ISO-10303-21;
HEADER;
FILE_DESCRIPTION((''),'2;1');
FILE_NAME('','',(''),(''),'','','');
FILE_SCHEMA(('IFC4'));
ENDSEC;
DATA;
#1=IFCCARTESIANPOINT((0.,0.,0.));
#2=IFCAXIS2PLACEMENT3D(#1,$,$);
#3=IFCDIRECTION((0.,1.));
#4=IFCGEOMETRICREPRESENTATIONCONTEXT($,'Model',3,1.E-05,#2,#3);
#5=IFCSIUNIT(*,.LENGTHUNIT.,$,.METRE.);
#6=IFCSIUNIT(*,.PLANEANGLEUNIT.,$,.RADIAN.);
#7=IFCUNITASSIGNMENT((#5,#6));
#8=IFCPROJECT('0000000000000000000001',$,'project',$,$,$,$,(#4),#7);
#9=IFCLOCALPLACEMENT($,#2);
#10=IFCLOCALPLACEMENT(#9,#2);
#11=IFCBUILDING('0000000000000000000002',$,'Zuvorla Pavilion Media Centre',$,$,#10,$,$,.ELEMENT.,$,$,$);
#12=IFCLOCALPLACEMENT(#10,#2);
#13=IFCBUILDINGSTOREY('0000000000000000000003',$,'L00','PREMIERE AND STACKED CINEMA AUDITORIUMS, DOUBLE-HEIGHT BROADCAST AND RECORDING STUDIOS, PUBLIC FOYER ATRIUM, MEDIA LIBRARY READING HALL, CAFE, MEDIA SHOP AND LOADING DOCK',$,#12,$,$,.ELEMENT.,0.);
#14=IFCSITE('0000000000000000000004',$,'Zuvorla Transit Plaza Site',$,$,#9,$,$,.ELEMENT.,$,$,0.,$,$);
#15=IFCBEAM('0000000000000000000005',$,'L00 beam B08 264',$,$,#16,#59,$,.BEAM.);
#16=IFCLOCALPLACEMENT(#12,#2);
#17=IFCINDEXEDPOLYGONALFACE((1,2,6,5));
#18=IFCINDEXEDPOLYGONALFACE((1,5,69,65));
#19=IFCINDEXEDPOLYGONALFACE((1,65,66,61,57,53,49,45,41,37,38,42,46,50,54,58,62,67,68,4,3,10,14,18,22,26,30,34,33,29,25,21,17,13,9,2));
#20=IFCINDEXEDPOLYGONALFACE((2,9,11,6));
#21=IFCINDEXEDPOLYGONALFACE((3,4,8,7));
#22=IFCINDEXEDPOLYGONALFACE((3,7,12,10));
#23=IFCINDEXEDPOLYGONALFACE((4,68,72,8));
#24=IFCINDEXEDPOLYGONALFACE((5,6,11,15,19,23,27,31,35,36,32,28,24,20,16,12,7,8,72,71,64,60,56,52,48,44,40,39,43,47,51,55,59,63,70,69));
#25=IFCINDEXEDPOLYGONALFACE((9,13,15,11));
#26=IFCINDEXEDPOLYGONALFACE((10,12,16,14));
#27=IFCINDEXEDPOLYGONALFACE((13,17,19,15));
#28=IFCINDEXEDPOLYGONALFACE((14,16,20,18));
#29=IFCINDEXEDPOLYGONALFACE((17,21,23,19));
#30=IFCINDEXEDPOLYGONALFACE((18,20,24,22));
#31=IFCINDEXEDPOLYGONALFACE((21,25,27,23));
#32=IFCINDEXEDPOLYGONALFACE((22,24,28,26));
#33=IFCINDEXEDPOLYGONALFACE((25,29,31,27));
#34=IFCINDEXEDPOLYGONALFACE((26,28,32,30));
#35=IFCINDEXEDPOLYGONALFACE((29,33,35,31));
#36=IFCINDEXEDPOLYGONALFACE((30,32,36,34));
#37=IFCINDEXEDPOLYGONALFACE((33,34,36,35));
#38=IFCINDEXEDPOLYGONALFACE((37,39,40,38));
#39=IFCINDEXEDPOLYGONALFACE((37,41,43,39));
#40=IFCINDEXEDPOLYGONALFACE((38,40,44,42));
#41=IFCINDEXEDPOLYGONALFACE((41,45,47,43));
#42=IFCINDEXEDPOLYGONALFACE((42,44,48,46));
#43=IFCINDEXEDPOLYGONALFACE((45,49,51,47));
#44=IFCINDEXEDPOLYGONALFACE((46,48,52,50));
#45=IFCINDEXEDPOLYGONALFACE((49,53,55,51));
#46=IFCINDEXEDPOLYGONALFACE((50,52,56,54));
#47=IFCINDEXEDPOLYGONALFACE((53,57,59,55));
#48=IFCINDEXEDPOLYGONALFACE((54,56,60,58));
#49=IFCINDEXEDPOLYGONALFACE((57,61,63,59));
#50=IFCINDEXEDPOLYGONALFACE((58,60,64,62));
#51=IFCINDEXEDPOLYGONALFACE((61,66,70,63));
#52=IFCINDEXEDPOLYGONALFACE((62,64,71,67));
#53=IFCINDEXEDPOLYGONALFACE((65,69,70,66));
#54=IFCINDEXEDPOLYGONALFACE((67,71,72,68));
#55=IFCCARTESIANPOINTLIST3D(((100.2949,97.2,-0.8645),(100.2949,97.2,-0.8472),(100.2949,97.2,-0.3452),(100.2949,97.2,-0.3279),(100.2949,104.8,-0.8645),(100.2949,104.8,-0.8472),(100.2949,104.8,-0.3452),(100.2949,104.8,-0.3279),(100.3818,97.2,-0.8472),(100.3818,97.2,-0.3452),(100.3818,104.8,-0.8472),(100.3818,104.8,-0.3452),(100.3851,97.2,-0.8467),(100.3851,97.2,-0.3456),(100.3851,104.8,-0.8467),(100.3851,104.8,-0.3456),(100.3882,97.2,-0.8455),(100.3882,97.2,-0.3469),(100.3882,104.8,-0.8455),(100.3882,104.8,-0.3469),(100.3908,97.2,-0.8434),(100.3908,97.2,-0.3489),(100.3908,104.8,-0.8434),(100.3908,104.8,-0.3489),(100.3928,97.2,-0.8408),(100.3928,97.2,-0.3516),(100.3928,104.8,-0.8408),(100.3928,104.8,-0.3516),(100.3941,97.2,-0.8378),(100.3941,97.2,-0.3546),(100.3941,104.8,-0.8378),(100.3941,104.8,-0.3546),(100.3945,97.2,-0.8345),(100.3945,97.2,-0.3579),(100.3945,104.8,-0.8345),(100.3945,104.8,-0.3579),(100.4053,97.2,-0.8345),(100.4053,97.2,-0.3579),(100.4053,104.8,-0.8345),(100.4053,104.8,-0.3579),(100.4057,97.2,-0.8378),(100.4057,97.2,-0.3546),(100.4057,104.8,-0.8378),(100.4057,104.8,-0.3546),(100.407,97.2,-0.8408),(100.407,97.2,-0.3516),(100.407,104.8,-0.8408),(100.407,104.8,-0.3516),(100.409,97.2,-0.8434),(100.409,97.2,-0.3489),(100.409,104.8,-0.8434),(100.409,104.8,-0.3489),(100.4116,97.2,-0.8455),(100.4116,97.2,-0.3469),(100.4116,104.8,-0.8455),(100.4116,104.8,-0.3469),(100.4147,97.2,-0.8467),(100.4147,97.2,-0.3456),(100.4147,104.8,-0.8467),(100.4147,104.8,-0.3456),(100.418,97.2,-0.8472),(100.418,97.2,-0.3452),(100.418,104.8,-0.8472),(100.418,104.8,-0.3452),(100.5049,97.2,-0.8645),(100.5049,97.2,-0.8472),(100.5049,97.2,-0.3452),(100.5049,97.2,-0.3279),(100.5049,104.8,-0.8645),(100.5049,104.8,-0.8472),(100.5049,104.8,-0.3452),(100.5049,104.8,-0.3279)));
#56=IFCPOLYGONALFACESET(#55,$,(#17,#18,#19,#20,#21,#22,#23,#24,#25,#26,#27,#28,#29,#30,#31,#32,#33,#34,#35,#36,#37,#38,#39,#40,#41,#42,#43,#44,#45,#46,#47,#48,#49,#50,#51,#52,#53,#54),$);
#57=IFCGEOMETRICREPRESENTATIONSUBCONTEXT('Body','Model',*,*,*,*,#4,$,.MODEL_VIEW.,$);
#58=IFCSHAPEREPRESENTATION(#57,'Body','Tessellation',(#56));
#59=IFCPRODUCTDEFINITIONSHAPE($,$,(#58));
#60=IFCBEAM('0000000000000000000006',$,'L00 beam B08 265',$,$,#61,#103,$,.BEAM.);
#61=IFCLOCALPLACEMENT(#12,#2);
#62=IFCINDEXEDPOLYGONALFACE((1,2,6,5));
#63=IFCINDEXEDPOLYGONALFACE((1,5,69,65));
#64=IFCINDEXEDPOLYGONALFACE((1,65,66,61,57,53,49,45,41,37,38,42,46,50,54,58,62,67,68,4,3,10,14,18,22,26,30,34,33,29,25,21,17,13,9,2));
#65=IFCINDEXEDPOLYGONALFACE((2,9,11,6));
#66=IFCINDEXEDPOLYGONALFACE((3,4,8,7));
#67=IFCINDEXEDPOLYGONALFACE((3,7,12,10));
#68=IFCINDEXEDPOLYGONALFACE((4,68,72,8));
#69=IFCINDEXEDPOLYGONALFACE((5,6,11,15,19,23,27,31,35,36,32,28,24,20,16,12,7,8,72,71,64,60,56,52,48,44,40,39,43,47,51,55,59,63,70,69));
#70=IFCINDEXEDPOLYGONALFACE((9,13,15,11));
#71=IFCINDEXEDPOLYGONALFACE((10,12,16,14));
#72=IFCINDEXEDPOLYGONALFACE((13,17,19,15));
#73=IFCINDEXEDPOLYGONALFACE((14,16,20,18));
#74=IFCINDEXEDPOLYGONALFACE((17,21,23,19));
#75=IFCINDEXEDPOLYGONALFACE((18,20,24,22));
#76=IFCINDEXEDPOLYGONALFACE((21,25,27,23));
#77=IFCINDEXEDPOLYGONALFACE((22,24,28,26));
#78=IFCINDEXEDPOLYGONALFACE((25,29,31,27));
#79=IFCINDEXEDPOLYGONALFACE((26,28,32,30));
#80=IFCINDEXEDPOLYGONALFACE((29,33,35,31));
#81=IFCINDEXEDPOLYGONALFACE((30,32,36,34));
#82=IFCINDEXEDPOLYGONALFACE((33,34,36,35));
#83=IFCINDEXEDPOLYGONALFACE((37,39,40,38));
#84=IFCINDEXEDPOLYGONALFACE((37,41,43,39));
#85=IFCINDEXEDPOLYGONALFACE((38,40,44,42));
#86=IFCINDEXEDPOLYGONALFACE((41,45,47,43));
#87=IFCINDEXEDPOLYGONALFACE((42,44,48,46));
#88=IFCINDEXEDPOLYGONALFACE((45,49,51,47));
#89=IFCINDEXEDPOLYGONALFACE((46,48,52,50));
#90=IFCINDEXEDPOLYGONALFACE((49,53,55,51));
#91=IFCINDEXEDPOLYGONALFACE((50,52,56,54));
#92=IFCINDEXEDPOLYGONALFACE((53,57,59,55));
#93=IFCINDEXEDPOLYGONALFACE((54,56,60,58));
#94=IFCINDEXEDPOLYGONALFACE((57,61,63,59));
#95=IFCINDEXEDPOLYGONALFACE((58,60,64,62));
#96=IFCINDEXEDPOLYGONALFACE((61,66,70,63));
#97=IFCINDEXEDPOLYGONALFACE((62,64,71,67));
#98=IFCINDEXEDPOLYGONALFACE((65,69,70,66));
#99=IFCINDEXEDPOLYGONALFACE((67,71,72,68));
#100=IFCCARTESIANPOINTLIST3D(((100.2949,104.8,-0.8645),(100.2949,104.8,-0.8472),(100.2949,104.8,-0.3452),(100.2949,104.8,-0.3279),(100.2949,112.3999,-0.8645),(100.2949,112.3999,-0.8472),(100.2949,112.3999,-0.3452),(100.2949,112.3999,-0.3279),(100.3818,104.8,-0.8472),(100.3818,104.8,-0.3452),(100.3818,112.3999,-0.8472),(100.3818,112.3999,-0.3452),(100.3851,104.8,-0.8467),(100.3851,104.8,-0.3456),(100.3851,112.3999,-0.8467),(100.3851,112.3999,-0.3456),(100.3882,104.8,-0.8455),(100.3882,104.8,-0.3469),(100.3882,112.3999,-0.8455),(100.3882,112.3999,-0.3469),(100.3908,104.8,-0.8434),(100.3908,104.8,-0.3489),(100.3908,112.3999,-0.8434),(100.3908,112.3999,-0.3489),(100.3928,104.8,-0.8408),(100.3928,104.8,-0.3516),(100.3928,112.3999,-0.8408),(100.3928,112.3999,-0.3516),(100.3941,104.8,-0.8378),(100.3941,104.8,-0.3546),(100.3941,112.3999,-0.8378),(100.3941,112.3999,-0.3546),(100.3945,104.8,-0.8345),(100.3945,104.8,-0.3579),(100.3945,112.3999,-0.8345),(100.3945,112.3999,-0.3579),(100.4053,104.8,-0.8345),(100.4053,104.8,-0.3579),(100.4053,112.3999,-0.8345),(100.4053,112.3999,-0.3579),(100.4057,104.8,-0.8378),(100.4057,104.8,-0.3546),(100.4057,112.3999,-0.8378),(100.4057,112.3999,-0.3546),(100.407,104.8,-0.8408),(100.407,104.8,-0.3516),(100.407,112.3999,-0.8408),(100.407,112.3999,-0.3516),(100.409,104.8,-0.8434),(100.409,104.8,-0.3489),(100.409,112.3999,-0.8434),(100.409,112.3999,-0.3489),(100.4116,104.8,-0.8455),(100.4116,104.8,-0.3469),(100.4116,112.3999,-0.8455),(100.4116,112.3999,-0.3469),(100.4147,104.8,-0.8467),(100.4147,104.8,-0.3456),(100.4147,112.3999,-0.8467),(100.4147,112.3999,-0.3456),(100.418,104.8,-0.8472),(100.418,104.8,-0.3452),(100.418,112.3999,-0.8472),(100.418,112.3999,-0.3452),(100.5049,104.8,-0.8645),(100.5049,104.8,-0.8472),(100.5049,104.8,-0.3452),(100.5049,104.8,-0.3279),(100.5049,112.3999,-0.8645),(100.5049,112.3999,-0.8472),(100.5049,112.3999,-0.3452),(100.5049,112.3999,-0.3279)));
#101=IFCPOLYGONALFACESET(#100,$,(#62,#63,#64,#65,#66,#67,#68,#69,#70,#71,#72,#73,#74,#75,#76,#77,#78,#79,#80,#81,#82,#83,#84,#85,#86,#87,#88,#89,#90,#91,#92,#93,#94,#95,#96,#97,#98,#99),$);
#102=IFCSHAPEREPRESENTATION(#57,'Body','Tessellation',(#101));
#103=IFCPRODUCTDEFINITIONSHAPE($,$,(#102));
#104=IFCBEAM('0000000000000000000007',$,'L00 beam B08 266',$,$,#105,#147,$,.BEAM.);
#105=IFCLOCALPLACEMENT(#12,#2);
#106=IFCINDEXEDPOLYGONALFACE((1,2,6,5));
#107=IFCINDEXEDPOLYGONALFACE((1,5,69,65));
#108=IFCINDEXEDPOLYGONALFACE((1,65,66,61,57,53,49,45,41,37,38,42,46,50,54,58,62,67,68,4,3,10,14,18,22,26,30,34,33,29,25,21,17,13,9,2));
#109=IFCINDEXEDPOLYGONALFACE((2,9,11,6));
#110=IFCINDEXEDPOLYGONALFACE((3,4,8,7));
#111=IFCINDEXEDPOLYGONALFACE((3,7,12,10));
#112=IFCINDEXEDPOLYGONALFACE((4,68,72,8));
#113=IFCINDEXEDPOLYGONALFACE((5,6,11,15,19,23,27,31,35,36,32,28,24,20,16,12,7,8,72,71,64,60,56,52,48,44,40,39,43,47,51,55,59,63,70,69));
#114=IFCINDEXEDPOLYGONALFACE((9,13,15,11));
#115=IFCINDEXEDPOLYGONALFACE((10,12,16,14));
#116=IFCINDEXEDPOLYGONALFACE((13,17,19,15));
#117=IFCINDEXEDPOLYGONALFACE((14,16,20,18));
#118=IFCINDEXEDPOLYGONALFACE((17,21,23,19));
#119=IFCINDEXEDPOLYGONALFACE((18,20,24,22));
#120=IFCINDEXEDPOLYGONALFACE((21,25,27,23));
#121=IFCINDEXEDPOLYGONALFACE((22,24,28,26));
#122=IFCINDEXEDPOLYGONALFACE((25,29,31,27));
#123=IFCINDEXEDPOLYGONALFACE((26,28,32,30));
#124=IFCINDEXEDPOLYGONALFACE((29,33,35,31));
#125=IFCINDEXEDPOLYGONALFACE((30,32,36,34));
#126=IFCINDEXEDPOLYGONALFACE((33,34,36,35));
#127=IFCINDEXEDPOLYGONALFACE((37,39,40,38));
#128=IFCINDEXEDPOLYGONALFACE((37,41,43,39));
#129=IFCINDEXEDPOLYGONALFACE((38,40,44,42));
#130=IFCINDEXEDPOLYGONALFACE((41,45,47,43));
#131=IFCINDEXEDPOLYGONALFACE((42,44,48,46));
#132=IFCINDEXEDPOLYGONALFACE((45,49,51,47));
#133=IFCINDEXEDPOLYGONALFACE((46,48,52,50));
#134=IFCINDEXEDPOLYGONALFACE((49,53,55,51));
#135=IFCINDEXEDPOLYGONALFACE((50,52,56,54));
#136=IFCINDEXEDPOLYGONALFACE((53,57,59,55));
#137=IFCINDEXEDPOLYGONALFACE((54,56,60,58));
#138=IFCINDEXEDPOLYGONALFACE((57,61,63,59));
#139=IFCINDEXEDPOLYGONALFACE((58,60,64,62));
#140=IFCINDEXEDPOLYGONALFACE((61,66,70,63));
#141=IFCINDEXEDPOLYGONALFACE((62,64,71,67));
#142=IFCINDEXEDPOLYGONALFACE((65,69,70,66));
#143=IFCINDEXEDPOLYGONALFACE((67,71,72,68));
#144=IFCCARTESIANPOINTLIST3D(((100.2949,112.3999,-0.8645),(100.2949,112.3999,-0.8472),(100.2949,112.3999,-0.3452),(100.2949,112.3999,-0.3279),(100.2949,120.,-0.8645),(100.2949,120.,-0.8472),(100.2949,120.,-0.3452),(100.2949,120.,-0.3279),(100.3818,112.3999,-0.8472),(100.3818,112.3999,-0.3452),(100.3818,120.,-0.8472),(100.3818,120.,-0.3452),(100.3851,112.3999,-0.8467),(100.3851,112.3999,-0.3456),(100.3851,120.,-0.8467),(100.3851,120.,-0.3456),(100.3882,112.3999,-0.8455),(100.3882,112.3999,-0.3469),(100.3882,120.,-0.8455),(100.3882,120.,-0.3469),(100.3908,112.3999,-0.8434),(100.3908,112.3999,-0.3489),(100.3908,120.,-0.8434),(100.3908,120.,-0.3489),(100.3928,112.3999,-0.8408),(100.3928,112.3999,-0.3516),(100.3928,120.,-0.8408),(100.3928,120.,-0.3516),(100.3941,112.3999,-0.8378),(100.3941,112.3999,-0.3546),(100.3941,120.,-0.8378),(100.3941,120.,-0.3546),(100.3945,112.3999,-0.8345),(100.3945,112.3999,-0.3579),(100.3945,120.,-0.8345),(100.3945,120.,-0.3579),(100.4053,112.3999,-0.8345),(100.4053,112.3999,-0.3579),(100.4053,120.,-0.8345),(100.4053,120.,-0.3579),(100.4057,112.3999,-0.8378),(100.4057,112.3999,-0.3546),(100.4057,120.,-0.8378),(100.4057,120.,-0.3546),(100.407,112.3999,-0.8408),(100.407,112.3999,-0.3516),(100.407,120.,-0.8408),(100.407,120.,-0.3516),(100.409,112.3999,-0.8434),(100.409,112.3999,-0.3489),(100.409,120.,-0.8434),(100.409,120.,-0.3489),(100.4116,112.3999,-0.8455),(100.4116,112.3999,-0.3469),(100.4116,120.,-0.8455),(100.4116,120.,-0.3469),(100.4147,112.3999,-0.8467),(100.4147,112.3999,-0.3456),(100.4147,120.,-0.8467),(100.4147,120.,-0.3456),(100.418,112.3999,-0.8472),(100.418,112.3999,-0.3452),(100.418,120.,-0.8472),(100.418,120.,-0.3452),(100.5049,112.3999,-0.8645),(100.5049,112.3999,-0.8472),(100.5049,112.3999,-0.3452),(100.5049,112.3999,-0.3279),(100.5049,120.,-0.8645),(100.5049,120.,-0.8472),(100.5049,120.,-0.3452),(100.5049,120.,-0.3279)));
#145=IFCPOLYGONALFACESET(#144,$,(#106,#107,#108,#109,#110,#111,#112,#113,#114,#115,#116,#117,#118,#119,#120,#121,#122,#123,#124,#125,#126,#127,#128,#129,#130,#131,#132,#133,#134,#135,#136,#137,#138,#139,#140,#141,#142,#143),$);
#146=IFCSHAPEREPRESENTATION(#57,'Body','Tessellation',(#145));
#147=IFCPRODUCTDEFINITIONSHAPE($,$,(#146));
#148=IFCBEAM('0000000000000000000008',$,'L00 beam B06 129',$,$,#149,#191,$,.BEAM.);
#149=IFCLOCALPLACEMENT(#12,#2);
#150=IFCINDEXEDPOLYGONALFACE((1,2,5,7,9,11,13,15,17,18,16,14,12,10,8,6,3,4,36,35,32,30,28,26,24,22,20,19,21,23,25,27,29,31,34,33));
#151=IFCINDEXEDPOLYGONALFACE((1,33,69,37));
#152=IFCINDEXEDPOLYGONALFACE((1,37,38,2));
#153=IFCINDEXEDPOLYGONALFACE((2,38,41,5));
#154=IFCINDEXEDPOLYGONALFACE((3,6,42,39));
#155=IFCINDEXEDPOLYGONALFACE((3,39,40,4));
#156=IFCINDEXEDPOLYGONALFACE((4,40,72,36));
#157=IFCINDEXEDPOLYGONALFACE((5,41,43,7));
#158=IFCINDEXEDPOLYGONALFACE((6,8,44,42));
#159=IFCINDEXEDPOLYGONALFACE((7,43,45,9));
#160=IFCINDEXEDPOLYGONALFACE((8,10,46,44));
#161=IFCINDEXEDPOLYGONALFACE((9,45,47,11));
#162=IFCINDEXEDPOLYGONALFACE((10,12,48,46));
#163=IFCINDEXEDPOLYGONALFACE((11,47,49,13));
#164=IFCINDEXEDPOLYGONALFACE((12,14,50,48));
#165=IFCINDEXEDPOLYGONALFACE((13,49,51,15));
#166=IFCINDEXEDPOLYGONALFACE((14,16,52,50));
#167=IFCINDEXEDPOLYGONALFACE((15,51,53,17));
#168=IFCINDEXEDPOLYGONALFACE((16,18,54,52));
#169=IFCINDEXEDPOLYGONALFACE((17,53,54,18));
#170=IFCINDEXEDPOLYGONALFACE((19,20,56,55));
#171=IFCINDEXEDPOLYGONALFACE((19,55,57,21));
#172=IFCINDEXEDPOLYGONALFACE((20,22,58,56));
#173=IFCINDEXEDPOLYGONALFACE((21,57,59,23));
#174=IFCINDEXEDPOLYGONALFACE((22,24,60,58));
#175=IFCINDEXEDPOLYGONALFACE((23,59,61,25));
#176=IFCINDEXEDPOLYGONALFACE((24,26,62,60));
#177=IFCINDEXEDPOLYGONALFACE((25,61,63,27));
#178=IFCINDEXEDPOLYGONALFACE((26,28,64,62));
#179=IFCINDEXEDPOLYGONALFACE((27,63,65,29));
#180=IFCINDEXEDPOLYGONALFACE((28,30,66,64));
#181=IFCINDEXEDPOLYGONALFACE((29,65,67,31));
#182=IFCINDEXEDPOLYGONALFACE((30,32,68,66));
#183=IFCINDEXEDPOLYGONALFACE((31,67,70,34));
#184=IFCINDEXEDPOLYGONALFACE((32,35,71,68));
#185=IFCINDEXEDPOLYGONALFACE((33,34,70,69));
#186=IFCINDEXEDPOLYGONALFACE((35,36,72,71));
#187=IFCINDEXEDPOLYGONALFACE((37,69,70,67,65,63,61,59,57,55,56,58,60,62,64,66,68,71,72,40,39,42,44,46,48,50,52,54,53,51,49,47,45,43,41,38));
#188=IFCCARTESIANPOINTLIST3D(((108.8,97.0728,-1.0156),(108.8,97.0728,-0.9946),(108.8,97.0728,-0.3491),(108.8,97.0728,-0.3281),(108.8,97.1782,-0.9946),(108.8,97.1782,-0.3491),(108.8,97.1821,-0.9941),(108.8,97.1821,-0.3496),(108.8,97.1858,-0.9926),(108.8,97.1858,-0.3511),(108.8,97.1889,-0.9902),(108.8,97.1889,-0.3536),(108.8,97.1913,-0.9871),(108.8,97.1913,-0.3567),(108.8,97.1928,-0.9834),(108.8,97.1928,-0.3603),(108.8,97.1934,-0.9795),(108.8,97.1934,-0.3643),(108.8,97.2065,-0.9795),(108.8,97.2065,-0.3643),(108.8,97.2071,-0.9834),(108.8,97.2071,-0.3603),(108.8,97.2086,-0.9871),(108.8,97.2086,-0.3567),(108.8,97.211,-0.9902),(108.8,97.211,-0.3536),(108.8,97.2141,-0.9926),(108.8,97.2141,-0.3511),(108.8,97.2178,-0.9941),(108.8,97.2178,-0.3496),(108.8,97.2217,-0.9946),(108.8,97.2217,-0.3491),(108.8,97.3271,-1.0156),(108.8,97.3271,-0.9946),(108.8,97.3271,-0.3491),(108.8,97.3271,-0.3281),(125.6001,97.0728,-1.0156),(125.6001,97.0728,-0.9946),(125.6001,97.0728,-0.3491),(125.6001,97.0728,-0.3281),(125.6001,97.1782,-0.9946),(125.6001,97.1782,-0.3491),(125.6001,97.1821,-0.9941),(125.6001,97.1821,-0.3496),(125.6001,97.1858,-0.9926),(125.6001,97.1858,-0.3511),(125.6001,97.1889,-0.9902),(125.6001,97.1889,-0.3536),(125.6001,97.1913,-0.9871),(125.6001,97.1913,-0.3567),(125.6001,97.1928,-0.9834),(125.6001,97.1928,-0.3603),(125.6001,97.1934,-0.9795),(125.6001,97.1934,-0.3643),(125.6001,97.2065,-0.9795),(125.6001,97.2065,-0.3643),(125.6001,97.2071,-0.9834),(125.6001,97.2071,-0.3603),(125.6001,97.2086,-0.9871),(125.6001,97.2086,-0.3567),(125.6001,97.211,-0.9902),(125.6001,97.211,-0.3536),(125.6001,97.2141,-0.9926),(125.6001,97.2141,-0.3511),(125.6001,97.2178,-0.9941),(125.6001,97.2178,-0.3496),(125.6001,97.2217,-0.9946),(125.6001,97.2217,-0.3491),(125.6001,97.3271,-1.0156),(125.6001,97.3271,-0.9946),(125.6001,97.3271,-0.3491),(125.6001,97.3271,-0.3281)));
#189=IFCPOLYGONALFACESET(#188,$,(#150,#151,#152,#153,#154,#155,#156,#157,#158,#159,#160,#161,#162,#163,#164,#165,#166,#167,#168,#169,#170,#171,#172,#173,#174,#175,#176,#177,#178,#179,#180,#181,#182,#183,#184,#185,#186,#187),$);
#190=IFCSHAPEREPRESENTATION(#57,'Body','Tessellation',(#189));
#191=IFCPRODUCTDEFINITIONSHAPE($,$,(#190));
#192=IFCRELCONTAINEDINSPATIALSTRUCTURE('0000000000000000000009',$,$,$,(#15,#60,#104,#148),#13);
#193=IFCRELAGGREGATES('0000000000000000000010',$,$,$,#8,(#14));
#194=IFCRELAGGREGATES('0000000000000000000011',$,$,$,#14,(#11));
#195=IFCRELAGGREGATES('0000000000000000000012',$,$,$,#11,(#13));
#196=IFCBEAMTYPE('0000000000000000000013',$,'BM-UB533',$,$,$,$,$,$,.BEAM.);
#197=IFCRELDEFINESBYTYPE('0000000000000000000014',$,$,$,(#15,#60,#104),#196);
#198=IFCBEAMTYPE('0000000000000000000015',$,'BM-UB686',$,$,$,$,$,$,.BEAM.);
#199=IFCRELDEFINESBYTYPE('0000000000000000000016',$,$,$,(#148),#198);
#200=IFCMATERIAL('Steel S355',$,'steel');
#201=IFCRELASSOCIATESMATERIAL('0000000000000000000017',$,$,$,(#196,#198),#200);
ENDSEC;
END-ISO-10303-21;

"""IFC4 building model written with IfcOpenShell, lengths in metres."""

from ifc_helpers import new_model, si_unit, direction, frame, origin, origin_2d, place, context, subcontext, project, spatial, i_section, extrude, material, material_profile, profile_set, type_object, element, save


model = new_model("IFC4")

# Units and contexts
model_context = context("Model", 3, precision=1e-05, world=origin(), true_north=direction((0.0, 1.0)))
body_context = subcontext(model_context, "Body", "Model", "MODEL_VIEW")
ifc_project = project(units=[si_unit("LENGTHUNIT", "METRE"), si_unit("PLANEANGLEUNIT", "RADIAN")], contexts=[model_context])

# Site, building, storey
site_placement = place(None, origin())
site = spatial("IfcSite", under=ifc_project, at=site_placement, Name="Zuvorla Transit Plaza Site", CompositionType="ELEMENT", RefElevation=0.0)
building_placement = place(site_placement, origin())
building = spatial("IfcBuilding", under=site, at=building_placement, Name="Zuvorla Pavilion Media Centre", CompositionType="ELEMENT")
storey_placement = place(building_placement, origin())
storey = spatial("IfcBuildingStorey", under=building, at=storey_placement, Name="L00", Description="PREMIERE AND STACKED CINEMA AUDITORIUMS, DOUBLE-HEIGHT BROADCAST AND RECORDING STUDIOS, PUBLIC FOYER ATRIUM, MEDIA LIBRARY READING HALL, CAFE, MEDIA SHOP AND LOADING DOCK", CompositionType="ELEMENT", Elevation=0.0)

# Beams
ifc_material_1 = material(Name="Steel S355", Category="steel")
ifc_material_profile_1 = material_profile(ifc_material_1, i_section(OverallWidth=0.21, OverallDepth=0.5366, WebThickness=0.0107, FlangeThickness=0.0173, FilletRadius=0.0127, at=origin_2d()), Name="UB 533x210x101")
ifc_profile_set_1 = profile_set([ifc_material_profile_1], Name="Steel S355")
beam_type_1 = type_object("IfcBeamType", Name="BM-UB533", PredefinedType="BEAM", material=ifc_profile_set_1)
for number, where, z_axis, x_axis, name in (
    (1, (100.3999, 97.2, -0.5962), (0.0, 1.0, 0.0), (-1.0, 0.0, 0.0), "L00 beam B08 264"),
):
    element("IfcBeam", number, at=place(storey_placement, frame(where, z_axis=z_axis, x_axis=x_axis)), inside=storey, type_object=beam_type_1, Name=name, PredefinedType="BEAM", context=body_context, shape_type="SweptSolid", body=[
        extrude(i_section(OverallWidth=0.21, OverallDepth=0.5366, WebThickness=0.0107, FlangeThickness=0.0173, FilletRadius=0.0127, at=origin_2d()), origin(), (0.0, 0.0, 1.0), 7.6001),
    ])
beam_1_placement = place(storey_placement, frame((100.3999, 104.8, -0.5962), z_axis=(0.0, 1.0, 0.0), x_axis=(-1.0, 0.0, 0.0)))
element("IfcBeam", 2, at=beam_1_placement, inside=storey, type_object=beam_type_1, Name="L00 beam B08 265", PredefinedType="BEAM", context=body_context, shape_type="SweptSolid", body=[
    extrude(i_section(OverallWidth=0.21, OverallDepth=0.5366, WebThickness=0.0107, FlangeThickness=0.0173, FilletRadius=0.0127, at=origin_2d()), origin(), (0.0, 0.0, 1.0), 7.5999),
])
beam_2_placement = place(storey_placement, frame((100.3999, 112.3999, -0.5962), z_axis=(0.0, 1.0, 0.0), x_axis=(-1.0, 0.0, 0.0)))
element("IfcBeam", 3, at=beam_2_placement, inside=storey, type_object=beam_type_1, Name="L00 beam B08 266", PredefinedType="BEAM", context=body_context, shape_type="SweptSolid", body=[
    extrude(i_section(OverallWidth=0.21, OverallDepth=0.5366, WebThickness=0.0107, FlangeThickness=0.0173, FilletRadius=0.0127, at=origin_2d()), origin(), (0.0, 0.0, 1.0), 7.6001),
])
ifc_material_profile_2 = material_profile(ifc_material_1, i_section(OverallWidth=0.2544, OverallDepth=0.6875, WebThickness=0.0132, FlangeThickness=0.021, FilletRadius=0.0151, at=origin_2d()), Name="UB 686x254x152")
ifc_profile_set_2 = profile_set([ifc_material_profile_2], Name="Steel S355")
beam_type_2 = type_object("IfcBeamType", Name="BM-UB686", PredefinedType="BEAM", material=ifc_profile_set_2)
beam_3_placement = place(storey_placement, frame((108.8, 97.2, -0.6719), z_axis=(1.0, 0.0, 0.0), x_axis=(0.0, 1.0, 0.0)))
element("IfcBeam", 4, at=beam_3_placement, inside=storey, type_object=beam_type_2, Name="L00 beam B06 129", PredefinedType="BEAM", context=body_context, shape_type="SweptSolid", body=[
    extrude(i_section(OverallWidth=0.2544, OverallDepth=0.6875, WebThickness=0.0132, FlangeThickness=0.021, FilletRadius=0.0151, at=origin_2d()), origin(), (0.0, 0.0, 1.0), 16.8),
])

save(model, "model.ifc")
